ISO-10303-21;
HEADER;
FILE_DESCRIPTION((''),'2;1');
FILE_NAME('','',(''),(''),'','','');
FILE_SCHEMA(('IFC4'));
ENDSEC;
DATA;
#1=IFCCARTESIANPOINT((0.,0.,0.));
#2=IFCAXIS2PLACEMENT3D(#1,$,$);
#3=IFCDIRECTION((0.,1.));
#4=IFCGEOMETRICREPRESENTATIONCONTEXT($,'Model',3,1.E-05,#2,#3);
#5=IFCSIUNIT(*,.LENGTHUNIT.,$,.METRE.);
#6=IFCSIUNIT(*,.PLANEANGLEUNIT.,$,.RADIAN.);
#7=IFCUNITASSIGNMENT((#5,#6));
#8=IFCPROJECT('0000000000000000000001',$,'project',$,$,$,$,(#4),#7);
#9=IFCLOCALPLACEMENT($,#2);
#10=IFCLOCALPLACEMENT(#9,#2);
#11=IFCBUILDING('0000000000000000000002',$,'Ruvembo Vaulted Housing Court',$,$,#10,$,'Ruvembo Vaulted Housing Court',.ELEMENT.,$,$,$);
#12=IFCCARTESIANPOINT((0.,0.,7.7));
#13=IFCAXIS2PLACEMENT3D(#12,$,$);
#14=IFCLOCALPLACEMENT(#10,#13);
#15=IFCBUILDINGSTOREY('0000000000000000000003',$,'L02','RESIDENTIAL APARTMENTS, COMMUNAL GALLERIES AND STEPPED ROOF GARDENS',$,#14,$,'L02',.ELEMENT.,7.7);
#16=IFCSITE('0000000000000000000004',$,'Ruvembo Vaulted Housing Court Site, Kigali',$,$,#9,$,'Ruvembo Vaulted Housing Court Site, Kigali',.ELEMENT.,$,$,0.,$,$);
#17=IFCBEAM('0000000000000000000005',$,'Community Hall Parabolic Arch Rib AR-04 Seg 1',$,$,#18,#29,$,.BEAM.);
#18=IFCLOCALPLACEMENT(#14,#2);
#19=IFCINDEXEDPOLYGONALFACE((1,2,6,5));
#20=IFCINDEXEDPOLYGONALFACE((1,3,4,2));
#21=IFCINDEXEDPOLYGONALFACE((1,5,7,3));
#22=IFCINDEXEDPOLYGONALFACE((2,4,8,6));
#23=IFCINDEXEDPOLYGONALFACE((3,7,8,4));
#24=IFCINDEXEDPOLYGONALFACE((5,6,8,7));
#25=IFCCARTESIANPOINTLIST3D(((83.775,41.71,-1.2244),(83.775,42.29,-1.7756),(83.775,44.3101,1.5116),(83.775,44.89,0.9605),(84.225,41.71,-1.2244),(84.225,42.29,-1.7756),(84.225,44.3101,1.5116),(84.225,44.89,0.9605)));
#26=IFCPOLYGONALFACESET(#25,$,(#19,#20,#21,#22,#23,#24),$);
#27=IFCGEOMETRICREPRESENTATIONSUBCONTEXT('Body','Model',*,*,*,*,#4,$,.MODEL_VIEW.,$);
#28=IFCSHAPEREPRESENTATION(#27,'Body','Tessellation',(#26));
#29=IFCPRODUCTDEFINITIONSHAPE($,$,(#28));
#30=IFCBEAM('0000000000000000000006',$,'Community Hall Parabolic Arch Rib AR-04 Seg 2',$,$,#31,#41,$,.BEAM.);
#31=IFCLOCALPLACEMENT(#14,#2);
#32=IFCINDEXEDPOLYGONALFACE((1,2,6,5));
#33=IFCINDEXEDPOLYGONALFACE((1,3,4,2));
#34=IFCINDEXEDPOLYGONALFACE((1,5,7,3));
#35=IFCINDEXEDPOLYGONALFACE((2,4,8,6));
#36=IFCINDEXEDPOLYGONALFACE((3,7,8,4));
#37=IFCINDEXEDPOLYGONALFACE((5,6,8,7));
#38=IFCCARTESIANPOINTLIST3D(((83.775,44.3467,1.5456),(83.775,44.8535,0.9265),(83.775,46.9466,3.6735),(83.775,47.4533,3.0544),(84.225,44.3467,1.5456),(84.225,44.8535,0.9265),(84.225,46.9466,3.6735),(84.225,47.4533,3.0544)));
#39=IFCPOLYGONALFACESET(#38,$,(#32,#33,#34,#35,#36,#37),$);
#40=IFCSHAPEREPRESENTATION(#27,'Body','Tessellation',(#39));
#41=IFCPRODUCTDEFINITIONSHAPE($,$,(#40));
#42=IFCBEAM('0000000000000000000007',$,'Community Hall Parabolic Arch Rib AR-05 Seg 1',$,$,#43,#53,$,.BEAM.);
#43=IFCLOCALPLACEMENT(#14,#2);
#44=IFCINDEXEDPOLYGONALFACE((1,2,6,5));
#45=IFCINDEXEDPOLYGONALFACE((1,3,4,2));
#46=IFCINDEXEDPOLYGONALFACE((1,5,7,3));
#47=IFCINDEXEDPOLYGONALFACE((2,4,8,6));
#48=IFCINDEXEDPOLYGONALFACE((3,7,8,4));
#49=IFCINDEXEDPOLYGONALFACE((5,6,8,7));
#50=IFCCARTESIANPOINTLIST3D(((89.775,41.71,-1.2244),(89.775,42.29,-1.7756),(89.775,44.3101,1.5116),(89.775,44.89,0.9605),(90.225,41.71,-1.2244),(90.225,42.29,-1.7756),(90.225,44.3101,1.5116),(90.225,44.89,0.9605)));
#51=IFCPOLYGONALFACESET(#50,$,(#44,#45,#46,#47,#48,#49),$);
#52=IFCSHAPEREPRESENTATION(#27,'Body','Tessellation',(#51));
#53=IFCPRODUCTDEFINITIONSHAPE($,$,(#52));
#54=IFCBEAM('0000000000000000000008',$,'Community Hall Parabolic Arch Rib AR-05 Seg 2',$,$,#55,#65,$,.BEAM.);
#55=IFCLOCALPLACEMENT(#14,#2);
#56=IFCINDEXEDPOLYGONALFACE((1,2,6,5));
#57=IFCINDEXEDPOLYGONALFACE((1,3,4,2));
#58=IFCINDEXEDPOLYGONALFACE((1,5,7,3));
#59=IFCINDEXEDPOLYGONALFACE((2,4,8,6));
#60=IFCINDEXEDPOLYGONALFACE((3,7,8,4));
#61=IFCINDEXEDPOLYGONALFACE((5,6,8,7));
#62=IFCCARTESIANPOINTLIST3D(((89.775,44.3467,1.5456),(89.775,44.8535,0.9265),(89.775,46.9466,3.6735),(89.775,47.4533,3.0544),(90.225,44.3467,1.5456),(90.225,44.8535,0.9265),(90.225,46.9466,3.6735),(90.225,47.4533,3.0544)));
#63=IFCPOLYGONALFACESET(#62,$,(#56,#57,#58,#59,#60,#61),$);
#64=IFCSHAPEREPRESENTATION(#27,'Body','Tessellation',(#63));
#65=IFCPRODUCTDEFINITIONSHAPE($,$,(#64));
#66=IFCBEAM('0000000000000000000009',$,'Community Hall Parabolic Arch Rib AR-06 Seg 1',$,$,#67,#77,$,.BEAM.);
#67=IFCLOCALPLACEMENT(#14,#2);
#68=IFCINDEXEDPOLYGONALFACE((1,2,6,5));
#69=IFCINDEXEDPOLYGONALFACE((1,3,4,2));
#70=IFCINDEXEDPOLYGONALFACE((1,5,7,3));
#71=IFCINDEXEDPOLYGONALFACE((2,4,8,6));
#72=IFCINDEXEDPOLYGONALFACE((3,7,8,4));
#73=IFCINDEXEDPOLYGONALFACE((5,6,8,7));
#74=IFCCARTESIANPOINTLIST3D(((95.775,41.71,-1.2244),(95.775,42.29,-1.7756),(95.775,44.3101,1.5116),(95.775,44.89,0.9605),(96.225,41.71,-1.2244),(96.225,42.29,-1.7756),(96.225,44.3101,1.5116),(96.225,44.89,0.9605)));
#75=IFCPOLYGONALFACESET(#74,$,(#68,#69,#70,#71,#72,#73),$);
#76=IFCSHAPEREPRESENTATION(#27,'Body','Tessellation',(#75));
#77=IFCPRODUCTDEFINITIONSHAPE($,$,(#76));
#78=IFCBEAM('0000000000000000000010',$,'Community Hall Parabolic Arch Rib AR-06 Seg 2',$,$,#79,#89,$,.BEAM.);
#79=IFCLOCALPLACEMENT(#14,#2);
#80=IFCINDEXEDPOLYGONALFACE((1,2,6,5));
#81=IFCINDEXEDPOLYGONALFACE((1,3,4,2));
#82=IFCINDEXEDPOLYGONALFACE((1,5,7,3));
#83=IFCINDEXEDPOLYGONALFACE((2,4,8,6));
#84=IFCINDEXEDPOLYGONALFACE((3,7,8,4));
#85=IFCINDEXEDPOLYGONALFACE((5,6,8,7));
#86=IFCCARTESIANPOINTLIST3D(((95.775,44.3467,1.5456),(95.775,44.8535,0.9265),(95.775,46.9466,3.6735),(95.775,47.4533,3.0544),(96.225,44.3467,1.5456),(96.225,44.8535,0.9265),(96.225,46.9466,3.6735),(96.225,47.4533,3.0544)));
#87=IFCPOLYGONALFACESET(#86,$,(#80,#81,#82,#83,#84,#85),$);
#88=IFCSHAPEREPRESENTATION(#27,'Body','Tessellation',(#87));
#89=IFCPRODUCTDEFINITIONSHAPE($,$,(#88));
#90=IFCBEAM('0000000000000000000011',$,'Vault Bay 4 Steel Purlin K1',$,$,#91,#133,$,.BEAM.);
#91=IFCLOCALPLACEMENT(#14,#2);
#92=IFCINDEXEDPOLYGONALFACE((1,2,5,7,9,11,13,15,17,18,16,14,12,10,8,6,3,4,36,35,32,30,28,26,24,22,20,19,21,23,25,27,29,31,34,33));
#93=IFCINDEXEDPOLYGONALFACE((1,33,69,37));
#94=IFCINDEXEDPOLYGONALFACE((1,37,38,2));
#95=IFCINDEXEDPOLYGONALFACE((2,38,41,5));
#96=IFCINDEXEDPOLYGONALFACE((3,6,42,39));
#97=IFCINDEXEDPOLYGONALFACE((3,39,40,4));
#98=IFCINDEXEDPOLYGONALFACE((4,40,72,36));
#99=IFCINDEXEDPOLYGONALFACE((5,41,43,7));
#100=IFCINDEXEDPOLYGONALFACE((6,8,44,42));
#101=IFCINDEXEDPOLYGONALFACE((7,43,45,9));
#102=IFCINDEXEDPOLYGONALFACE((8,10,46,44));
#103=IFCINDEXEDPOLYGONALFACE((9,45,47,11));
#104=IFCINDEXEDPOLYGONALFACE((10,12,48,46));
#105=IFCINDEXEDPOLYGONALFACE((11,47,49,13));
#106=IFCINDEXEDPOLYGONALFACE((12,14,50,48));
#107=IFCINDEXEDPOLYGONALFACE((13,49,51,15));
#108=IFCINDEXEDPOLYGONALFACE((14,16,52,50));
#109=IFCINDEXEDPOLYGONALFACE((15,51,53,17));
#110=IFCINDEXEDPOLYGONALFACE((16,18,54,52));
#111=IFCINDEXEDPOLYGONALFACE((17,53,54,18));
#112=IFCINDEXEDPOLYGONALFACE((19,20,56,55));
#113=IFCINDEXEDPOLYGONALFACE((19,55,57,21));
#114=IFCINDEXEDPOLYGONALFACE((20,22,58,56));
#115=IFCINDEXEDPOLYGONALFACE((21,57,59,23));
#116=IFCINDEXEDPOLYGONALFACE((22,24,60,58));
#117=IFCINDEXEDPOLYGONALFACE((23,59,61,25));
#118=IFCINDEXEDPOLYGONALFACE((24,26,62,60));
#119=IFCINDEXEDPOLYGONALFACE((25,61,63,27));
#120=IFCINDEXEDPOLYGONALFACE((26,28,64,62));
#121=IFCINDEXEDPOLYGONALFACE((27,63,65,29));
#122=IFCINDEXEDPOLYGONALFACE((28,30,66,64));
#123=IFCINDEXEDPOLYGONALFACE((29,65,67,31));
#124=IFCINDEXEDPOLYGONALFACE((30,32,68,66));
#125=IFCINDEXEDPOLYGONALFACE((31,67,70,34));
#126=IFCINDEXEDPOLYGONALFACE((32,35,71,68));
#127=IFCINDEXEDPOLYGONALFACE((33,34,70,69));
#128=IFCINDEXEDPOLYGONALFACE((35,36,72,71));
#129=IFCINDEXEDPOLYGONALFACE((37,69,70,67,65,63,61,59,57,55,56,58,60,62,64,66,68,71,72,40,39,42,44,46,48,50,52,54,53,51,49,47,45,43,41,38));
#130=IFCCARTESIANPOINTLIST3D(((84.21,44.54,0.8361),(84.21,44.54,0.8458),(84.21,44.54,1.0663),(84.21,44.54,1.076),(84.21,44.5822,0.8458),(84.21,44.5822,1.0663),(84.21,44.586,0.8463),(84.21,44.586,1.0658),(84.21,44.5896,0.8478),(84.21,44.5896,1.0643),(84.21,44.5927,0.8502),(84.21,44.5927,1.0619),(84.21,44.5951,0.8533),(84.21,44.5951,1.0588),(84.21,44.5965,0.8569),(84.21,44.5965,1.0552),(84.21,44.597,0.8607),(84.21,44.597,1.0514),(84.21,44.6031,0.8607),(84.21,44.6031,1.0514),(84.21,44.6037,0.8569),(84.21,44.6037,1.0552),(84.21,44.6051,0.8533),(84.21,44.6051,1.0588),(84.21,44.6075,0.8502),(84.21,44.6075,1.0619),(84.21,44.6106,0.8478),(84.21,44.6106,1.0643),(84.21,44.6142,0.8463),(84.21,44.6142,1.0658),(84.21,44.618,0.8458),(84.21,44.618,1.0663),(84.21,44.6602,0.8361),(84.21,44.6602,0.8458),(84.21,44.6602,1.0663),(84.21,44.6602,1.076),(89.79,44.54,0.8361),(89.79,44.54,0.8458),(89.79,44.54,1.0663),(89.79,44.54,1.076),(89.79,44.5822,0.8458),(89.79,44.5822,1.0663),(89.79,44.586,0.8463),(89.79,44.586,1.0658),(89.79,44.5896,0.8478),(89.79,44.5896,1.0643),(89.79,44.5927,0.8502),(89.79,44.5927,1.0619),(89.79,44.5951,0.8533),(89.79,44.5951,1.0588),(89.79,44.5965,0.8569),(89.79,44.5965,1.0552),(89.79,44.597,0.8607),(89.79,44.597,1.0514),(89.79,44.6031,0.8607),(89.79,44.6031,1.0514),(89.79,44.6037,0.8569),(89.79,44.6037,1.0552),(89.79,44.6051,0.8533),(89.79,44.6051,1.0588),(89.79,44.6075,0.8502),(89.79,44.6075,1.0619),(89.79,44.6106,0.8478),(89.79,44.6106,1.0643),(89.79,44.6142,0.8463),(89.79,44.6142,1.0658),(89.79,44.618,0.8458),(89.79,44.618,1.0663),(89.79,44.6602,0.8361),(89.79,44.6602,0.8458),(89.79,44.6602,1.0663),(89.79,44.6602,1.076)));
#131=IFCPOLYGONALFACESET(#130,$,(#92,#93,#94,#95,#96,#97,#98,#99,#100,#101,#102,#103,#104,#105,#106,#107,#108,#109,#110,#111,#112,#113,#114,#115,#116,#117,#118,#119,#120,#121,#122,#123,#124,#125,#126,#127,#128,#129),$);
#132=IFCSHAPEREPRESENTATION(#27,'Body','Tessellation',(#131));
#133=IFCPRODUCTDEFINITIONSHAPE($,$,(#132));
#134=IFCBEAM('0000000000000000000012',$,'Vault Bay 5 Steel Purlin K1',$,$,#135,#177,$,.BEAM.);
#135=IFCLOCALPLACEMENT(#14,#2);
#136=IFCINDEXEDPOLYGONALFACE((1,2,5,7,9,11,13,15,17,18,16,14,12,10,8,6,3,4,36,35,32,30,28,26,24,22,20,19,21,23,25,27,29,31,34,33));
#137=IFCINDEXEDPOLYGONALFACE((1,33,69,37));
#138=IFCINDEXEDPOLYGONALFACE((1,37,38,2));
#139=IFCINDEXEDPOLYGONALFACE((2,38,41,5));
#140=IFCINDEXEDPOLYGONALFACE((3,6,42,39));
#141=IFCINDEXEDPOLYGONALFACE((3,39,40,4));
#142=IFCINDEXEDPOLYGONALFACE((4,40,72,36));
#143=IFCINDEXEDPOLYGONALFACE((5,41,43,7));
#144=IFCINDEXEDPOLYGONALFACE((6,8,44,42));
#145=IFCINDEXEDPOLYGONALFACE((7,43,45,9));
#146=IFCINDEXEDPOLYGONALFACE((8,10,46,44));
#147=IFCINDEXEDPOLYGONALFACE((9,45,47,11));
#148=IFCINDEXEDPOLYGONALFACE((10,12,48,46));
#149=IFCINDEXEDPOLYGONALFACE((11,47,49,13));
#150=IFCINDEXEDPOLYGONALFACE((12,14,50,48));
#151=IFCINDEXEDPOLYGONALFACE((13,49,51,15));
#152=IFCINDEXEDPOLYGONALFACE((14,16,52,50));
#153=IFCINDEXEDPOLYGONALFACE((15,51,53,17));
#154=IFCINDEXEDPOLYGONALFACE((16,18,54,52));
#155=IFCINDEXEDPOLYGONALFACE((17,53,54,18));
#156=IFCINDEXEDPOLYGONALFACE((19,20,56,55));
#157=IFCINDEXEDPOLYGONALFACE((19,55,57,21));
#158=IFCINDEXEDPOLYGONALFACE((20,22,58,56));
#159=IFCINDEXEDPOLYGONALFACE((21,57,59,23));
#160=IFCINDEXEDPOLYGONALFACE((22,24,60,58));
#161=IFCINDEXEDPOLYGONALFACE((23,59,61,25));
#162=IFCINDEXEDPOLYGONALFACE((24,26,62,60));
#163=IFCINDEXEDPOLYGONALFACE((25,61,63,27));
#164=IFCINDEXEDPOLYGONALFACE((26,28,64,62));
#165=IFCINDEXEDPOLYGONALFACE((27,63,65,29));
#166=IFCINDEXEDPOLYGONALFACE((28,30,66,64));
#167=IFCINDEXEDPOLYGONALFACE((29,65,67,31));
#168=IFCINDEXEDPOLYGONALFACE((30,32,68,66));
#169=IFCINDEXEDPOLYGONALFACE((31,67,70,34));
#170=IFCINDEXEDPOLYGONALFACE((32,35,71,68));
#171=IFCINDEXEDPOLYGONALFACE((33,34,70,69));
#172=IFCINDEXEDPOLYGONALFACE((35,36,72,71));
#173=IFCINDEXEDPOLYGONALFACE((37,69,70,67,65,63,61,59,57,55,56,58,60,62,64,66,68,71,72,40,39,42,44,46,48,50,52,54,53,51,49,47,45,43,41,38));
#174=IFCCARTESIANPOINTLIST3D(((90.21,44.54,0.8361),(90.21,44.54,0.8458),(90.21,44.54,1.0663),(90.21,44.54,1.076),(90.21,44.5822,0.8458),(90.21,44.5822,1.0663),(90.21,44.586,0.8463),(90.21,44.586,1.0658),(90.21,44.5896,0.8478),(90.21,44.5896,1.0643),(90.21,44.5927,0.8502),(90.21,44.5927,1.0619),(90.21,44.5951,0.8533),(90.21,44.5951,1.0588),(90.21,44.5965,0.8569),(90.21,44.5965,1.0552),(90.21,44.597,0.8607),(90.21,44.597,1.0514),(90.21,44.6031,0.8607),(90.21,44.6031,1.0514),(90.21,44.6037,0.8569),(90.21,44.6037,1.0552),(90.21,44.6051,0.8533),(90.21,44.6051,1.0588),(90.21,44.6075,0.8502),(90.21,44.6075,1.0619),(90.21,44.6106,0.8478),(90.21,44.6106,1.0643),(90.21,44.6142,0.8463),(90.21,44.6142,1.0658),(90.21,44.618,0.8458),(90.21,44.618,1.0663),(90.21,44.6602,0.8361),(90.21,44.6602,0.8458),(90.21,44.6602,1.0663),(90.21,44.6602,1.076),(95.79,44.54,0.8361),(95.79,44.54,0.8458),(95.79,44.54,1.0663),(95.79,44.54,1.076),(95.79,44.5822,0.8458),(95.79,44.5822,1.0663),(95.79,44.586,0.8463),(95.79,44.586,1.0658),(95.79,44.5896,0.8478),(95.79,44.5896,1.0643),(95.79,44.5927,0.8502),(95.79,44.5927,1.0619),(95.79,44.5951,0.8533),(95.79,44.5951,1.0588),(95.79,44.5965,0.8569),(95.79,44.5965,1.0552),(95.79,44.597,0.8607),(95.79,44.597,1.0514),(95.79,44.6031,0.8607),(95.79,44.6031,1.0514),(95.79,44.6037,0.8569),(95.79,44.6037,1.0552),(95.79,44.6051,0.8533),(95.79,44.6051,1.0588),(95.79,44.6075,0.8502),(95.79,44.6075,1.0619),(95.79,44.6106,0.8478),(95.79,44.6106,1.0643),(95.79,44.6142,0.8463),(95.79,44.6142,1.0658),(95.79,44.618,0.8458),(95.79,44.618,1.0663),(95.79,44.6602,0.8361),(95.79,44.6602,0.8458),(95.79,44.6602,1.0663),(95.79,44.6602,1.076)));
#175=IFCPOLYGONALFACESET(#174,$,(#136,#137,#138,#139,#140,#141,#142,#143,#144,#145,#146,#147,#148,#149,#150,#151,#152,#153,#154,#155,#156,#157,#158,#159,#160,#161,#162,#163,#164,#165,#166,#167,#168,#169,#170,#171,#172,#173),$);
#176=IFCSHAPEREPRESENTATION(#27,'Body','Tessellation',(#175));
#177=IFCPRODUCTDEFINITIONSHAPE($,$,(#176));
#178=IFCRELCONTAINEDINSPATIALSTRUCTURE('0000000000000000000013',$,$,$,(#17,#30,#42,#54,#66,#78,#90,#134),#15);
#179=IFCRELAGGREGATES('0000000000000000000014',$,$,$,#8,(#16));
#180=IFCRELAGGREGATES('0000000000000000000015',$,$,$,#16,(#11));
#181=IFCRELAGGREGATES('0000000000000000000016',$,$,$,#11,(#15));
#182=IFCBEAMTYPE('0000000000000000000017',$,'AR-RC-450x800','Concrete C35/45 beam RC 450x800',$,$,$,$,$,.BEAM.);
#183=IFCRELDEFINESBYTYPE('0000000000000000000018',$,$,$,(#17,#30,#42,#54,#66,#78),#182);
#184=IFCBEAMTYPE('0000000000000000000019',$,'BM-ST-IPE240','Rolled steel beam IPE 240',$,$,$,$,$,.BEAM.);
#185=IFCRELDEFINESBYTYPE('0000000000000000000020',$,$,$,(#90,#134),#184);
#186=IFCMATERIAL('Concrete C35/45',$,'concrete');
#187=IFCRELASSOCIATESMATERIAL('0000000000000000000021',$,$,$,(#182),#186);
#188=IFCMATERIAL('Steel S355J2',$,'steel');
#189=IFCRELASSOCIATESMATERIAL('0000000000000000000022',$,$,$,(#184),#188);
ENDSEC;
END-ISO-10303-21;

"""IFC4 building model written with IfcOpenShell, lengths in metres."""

from ifc_helpers import new_model, si_unit, direction, frame, origin, origin_2d, place, context, subcontext, project, spatial, rectangle, i_section, extrude, material, material_profile, profile_set, type_object, element, save


model = new_model("IFC4")

# Units and contexts
model_context = context("Model", 3, precision=1e-05, world=origin(), true_north=direction((0.0, 1.0)))
body_context = subcontext(model_context, "Body", "Model", "MODEL_VIEW")
ifc_project = project(units=[si_unit("LENGTHUNIT", "METRE"), si_unit("PLANEANGLEUNIT", "RADIAN")], contexts=[model_context])

# Site, building, storey
site_placement = place(None, origin())
site = spatial("IfcSite", under=ifc_project, at=site_placement, Name="Ruvembo Vaulted Housing Court Site, Kigali", LongName="Ruvembo Vaulted Housing Court Site, Kigali", CompositionType="ELEMENT", RefElevation=0.0)
building_placement = place(site_placement, origin())
building = spatial("IfcBuilding", under=site, at=building_placement, Name="Ruvembo Vaulted Housing Court", LongName="Ruvembo Vaulted Housing Court", CompositionType="ELEMENT")
storey_placement = place(building_placement, frame((0.0, 0.0, 7.7)))
storey = spatial("IfcBuildingStorey", under=building, at=storey_placement, Name="L02", Description="RESIDENTIAL APARTMENTS, COMMUNAL GALLERIES AND STEPPED ROOF GARDENS", LongName="L02", CompositionType="ELEMENT", Elevation=7.7)

# Beams
ifc_material_1 = material(Name="Concrete C35/45", Category="concrete")
ifc_material_profile_1 = material_profile(ifc_material_1, rectangle(XDim=0.45, YDim=0.8, at=origin_2d()), Name="RC 450x800")
ifc_profile_set_1 = profile_set([ifc_material_profile_1], Name="Concrete C35/45")
beam_type_1 = type_object("IfcBeamType", Name="AR-RC-450x800", Description="Concrete C35/45 beam RC 450x800", PredefinedType="BEAM", material=ifc_profile_set_1)
beam_1_placement = place(storey_placement, frame((84.0, 42.0, -1.5), z_axis=(0.0, 0.688863, 0.724891), x_axis=(-1.0, 0.0, 0.0)))
element("IfcBeam", 1, at=beam_1_placement, inside=storey, type_object=beam_type_1, Name="Community Hall Parabolic Arch Rib AR-04 Seg 1", PredefinedType="BEAM", context=body_context, shape_type="SweptSolid", body=[
    extrude(rectangle(XDim=0.45, YDim=0.8, at=origin_2d()), origin(), (0.0, 0.0, 1.0), 3.7744),
])
beam_2_placement = place(storey_placement, frame((84.0, 44.6001, 1.2361), z_axis=(0.0, 0.773844, 0.633376), x_axis=(-1.0, 0.0, 0.0)))
element("IfcBeam", 2, at=beam_2_placement, inside=storey, type_object=beam_type_1, Name="Community Hall Parabolic Arch Rib AR-04 Seg 2", PredefinedType="BEAM", context=body_context, shape_type="SweptSolid", body=[
    extrude(rectangle(XDim=0.45, YDim=0.8, at=origin_2d()), origin(), (0.0, 0.0, 1.0), 3.3596),
])
beam_3_placement = place(storey_placement, frame((90.0, 42.0, -1.5), z_axis=(0.0, 0.688863, 0.724891), x_axis=(-1.0, 0.0, 0.0)))
element("IfcBeam", 3, at=beam_3_placement, inside=storey, type_object=beam_type_1, Name="Community Hall Parabolic Arch Rib AR-05 Seg 1", PredefinedType="BEAM", context=body_context, shape_type="SweptSolid", body=[
    extrude(rectangle(XDim=0.45, YDim=0.8, at=origin_2d()), origin(), (0.0, 0.0, 1.0), 3.7744),
])
beam_4_placement = place(storey_placement, frame((90.0, 44.6001, 1.2361), z_axis=(0.0, 0.773844, 0.633376), x_axis=(-1.0, 0.0, 0.0)))
element("IfcBeam", 4, at=beam_4_placement, inside=storey, type_object=beam_type_1, Name="Community Hall Parabolic Arch Rib AR-05 Seg 2", PredefinedType="BEAM", context=body_context, shape_type="SweptSolid", body=[
    extrude(rectangle(XDim=0.45, YDim=0.8, at=origin_2d()), origin(), (0.0, 0.0, 1.0), 3.3596),
])
beam_5_placement = place(storey_placement, frame((96.0, 42.0, -1.5), z_axis=(0.0, 0.688863, 0.724891), x_axis=(-1.0, 0.0, 0.0)))
element("IfcBeam", 5, at=beam_5_placement, inside=storey, type_object=beam_type_1, Name="Community Hall Parabolic Arch Rib AR-06 Seg 1", PredefinedType="BEAM", context=body_context, shape_type="SweptSolid", body=[
    extrude(rectangle(XDim=0.45, YDim=0.8, at=origin_2d()), origin(), (0.0, 0.0, 1.0), 3.7744),
])
beam_6_placement = place(storey_placement, frame((96.0, 44.6001, 1.2361), z_axis=(0.0, 0.773844, 0.633376), x_axis=(-1.0, 0.0, 0.0)))
element("IfcBeam", 6, at=beam_6_placement, inside=storey, type_object=beam_type_1, Name="Community Hall Parabolic Arch Rib AR-06 Seg 2", PredefinedType="BEAM", context=body_context, shape_type="SweptSolid", body=[
    extrude(rectangle(XDim=0.45, YDim=0.8, at=origin_2d()), origin(), (0.0, 0.0, 1.0), 3.3596),
])
ifc_material_2 = material(Name="Steel S355J2", Category="steel")
ifc_material_profile_2 = material_profile(ifc_material_2, i_section(OverallWidth=0.1201, OverallDepth=0.24, WebThickness=0.0061, FlangeThickness=0.0098, FilletRadius=0.0149, at=origin_2d()), Name="IPE 240")
ifc_profile_set_2 = profile_set([ifc_material_profile_2], Name="Steel S355J2")
beam_type_2 = type_object("IfcBeamType", Name="BM-ST-IPE240", Description="Rolled steel beam IPE 240", PredefinedType="BEAM", material=ifc_profile_set_2)
for number, where, z_axis, x_axis, name in (
    (7, (84.21, 44.6001, 0.9561), (1.0, 0.0, 0.0), (0.0, 1.0, 0.0), "Vault Bay 4 Steel Purlin K1"),
    (8, (90.21, 44.6001, 0.9561), (1.0, 0.0, 0.0), (0.0, 1.0, 0.0), "Vault Bay 5 Steel Purlin K1"),
):
    element("IfcBeam", number, at=place(storey_placement, frame(where, z_axis=z_axis, x_axis=x_axis)), inside=storey, type_object=beam_type_2, Name=name, PredefinedType="BEAM", context=body_context, shape_type="SweptSolid", body=[
        extrude(i_section(OverallWidth=0.1201, OverallDepth=0.24, WebThickness=0.0061, FlangeThickness=0.0098, FilletRadius=0.0149, at=origin_2d()), origin(), (0.0, 0.0, 1.0), 5.5801),
    ])

save(model, "model.ifc")
